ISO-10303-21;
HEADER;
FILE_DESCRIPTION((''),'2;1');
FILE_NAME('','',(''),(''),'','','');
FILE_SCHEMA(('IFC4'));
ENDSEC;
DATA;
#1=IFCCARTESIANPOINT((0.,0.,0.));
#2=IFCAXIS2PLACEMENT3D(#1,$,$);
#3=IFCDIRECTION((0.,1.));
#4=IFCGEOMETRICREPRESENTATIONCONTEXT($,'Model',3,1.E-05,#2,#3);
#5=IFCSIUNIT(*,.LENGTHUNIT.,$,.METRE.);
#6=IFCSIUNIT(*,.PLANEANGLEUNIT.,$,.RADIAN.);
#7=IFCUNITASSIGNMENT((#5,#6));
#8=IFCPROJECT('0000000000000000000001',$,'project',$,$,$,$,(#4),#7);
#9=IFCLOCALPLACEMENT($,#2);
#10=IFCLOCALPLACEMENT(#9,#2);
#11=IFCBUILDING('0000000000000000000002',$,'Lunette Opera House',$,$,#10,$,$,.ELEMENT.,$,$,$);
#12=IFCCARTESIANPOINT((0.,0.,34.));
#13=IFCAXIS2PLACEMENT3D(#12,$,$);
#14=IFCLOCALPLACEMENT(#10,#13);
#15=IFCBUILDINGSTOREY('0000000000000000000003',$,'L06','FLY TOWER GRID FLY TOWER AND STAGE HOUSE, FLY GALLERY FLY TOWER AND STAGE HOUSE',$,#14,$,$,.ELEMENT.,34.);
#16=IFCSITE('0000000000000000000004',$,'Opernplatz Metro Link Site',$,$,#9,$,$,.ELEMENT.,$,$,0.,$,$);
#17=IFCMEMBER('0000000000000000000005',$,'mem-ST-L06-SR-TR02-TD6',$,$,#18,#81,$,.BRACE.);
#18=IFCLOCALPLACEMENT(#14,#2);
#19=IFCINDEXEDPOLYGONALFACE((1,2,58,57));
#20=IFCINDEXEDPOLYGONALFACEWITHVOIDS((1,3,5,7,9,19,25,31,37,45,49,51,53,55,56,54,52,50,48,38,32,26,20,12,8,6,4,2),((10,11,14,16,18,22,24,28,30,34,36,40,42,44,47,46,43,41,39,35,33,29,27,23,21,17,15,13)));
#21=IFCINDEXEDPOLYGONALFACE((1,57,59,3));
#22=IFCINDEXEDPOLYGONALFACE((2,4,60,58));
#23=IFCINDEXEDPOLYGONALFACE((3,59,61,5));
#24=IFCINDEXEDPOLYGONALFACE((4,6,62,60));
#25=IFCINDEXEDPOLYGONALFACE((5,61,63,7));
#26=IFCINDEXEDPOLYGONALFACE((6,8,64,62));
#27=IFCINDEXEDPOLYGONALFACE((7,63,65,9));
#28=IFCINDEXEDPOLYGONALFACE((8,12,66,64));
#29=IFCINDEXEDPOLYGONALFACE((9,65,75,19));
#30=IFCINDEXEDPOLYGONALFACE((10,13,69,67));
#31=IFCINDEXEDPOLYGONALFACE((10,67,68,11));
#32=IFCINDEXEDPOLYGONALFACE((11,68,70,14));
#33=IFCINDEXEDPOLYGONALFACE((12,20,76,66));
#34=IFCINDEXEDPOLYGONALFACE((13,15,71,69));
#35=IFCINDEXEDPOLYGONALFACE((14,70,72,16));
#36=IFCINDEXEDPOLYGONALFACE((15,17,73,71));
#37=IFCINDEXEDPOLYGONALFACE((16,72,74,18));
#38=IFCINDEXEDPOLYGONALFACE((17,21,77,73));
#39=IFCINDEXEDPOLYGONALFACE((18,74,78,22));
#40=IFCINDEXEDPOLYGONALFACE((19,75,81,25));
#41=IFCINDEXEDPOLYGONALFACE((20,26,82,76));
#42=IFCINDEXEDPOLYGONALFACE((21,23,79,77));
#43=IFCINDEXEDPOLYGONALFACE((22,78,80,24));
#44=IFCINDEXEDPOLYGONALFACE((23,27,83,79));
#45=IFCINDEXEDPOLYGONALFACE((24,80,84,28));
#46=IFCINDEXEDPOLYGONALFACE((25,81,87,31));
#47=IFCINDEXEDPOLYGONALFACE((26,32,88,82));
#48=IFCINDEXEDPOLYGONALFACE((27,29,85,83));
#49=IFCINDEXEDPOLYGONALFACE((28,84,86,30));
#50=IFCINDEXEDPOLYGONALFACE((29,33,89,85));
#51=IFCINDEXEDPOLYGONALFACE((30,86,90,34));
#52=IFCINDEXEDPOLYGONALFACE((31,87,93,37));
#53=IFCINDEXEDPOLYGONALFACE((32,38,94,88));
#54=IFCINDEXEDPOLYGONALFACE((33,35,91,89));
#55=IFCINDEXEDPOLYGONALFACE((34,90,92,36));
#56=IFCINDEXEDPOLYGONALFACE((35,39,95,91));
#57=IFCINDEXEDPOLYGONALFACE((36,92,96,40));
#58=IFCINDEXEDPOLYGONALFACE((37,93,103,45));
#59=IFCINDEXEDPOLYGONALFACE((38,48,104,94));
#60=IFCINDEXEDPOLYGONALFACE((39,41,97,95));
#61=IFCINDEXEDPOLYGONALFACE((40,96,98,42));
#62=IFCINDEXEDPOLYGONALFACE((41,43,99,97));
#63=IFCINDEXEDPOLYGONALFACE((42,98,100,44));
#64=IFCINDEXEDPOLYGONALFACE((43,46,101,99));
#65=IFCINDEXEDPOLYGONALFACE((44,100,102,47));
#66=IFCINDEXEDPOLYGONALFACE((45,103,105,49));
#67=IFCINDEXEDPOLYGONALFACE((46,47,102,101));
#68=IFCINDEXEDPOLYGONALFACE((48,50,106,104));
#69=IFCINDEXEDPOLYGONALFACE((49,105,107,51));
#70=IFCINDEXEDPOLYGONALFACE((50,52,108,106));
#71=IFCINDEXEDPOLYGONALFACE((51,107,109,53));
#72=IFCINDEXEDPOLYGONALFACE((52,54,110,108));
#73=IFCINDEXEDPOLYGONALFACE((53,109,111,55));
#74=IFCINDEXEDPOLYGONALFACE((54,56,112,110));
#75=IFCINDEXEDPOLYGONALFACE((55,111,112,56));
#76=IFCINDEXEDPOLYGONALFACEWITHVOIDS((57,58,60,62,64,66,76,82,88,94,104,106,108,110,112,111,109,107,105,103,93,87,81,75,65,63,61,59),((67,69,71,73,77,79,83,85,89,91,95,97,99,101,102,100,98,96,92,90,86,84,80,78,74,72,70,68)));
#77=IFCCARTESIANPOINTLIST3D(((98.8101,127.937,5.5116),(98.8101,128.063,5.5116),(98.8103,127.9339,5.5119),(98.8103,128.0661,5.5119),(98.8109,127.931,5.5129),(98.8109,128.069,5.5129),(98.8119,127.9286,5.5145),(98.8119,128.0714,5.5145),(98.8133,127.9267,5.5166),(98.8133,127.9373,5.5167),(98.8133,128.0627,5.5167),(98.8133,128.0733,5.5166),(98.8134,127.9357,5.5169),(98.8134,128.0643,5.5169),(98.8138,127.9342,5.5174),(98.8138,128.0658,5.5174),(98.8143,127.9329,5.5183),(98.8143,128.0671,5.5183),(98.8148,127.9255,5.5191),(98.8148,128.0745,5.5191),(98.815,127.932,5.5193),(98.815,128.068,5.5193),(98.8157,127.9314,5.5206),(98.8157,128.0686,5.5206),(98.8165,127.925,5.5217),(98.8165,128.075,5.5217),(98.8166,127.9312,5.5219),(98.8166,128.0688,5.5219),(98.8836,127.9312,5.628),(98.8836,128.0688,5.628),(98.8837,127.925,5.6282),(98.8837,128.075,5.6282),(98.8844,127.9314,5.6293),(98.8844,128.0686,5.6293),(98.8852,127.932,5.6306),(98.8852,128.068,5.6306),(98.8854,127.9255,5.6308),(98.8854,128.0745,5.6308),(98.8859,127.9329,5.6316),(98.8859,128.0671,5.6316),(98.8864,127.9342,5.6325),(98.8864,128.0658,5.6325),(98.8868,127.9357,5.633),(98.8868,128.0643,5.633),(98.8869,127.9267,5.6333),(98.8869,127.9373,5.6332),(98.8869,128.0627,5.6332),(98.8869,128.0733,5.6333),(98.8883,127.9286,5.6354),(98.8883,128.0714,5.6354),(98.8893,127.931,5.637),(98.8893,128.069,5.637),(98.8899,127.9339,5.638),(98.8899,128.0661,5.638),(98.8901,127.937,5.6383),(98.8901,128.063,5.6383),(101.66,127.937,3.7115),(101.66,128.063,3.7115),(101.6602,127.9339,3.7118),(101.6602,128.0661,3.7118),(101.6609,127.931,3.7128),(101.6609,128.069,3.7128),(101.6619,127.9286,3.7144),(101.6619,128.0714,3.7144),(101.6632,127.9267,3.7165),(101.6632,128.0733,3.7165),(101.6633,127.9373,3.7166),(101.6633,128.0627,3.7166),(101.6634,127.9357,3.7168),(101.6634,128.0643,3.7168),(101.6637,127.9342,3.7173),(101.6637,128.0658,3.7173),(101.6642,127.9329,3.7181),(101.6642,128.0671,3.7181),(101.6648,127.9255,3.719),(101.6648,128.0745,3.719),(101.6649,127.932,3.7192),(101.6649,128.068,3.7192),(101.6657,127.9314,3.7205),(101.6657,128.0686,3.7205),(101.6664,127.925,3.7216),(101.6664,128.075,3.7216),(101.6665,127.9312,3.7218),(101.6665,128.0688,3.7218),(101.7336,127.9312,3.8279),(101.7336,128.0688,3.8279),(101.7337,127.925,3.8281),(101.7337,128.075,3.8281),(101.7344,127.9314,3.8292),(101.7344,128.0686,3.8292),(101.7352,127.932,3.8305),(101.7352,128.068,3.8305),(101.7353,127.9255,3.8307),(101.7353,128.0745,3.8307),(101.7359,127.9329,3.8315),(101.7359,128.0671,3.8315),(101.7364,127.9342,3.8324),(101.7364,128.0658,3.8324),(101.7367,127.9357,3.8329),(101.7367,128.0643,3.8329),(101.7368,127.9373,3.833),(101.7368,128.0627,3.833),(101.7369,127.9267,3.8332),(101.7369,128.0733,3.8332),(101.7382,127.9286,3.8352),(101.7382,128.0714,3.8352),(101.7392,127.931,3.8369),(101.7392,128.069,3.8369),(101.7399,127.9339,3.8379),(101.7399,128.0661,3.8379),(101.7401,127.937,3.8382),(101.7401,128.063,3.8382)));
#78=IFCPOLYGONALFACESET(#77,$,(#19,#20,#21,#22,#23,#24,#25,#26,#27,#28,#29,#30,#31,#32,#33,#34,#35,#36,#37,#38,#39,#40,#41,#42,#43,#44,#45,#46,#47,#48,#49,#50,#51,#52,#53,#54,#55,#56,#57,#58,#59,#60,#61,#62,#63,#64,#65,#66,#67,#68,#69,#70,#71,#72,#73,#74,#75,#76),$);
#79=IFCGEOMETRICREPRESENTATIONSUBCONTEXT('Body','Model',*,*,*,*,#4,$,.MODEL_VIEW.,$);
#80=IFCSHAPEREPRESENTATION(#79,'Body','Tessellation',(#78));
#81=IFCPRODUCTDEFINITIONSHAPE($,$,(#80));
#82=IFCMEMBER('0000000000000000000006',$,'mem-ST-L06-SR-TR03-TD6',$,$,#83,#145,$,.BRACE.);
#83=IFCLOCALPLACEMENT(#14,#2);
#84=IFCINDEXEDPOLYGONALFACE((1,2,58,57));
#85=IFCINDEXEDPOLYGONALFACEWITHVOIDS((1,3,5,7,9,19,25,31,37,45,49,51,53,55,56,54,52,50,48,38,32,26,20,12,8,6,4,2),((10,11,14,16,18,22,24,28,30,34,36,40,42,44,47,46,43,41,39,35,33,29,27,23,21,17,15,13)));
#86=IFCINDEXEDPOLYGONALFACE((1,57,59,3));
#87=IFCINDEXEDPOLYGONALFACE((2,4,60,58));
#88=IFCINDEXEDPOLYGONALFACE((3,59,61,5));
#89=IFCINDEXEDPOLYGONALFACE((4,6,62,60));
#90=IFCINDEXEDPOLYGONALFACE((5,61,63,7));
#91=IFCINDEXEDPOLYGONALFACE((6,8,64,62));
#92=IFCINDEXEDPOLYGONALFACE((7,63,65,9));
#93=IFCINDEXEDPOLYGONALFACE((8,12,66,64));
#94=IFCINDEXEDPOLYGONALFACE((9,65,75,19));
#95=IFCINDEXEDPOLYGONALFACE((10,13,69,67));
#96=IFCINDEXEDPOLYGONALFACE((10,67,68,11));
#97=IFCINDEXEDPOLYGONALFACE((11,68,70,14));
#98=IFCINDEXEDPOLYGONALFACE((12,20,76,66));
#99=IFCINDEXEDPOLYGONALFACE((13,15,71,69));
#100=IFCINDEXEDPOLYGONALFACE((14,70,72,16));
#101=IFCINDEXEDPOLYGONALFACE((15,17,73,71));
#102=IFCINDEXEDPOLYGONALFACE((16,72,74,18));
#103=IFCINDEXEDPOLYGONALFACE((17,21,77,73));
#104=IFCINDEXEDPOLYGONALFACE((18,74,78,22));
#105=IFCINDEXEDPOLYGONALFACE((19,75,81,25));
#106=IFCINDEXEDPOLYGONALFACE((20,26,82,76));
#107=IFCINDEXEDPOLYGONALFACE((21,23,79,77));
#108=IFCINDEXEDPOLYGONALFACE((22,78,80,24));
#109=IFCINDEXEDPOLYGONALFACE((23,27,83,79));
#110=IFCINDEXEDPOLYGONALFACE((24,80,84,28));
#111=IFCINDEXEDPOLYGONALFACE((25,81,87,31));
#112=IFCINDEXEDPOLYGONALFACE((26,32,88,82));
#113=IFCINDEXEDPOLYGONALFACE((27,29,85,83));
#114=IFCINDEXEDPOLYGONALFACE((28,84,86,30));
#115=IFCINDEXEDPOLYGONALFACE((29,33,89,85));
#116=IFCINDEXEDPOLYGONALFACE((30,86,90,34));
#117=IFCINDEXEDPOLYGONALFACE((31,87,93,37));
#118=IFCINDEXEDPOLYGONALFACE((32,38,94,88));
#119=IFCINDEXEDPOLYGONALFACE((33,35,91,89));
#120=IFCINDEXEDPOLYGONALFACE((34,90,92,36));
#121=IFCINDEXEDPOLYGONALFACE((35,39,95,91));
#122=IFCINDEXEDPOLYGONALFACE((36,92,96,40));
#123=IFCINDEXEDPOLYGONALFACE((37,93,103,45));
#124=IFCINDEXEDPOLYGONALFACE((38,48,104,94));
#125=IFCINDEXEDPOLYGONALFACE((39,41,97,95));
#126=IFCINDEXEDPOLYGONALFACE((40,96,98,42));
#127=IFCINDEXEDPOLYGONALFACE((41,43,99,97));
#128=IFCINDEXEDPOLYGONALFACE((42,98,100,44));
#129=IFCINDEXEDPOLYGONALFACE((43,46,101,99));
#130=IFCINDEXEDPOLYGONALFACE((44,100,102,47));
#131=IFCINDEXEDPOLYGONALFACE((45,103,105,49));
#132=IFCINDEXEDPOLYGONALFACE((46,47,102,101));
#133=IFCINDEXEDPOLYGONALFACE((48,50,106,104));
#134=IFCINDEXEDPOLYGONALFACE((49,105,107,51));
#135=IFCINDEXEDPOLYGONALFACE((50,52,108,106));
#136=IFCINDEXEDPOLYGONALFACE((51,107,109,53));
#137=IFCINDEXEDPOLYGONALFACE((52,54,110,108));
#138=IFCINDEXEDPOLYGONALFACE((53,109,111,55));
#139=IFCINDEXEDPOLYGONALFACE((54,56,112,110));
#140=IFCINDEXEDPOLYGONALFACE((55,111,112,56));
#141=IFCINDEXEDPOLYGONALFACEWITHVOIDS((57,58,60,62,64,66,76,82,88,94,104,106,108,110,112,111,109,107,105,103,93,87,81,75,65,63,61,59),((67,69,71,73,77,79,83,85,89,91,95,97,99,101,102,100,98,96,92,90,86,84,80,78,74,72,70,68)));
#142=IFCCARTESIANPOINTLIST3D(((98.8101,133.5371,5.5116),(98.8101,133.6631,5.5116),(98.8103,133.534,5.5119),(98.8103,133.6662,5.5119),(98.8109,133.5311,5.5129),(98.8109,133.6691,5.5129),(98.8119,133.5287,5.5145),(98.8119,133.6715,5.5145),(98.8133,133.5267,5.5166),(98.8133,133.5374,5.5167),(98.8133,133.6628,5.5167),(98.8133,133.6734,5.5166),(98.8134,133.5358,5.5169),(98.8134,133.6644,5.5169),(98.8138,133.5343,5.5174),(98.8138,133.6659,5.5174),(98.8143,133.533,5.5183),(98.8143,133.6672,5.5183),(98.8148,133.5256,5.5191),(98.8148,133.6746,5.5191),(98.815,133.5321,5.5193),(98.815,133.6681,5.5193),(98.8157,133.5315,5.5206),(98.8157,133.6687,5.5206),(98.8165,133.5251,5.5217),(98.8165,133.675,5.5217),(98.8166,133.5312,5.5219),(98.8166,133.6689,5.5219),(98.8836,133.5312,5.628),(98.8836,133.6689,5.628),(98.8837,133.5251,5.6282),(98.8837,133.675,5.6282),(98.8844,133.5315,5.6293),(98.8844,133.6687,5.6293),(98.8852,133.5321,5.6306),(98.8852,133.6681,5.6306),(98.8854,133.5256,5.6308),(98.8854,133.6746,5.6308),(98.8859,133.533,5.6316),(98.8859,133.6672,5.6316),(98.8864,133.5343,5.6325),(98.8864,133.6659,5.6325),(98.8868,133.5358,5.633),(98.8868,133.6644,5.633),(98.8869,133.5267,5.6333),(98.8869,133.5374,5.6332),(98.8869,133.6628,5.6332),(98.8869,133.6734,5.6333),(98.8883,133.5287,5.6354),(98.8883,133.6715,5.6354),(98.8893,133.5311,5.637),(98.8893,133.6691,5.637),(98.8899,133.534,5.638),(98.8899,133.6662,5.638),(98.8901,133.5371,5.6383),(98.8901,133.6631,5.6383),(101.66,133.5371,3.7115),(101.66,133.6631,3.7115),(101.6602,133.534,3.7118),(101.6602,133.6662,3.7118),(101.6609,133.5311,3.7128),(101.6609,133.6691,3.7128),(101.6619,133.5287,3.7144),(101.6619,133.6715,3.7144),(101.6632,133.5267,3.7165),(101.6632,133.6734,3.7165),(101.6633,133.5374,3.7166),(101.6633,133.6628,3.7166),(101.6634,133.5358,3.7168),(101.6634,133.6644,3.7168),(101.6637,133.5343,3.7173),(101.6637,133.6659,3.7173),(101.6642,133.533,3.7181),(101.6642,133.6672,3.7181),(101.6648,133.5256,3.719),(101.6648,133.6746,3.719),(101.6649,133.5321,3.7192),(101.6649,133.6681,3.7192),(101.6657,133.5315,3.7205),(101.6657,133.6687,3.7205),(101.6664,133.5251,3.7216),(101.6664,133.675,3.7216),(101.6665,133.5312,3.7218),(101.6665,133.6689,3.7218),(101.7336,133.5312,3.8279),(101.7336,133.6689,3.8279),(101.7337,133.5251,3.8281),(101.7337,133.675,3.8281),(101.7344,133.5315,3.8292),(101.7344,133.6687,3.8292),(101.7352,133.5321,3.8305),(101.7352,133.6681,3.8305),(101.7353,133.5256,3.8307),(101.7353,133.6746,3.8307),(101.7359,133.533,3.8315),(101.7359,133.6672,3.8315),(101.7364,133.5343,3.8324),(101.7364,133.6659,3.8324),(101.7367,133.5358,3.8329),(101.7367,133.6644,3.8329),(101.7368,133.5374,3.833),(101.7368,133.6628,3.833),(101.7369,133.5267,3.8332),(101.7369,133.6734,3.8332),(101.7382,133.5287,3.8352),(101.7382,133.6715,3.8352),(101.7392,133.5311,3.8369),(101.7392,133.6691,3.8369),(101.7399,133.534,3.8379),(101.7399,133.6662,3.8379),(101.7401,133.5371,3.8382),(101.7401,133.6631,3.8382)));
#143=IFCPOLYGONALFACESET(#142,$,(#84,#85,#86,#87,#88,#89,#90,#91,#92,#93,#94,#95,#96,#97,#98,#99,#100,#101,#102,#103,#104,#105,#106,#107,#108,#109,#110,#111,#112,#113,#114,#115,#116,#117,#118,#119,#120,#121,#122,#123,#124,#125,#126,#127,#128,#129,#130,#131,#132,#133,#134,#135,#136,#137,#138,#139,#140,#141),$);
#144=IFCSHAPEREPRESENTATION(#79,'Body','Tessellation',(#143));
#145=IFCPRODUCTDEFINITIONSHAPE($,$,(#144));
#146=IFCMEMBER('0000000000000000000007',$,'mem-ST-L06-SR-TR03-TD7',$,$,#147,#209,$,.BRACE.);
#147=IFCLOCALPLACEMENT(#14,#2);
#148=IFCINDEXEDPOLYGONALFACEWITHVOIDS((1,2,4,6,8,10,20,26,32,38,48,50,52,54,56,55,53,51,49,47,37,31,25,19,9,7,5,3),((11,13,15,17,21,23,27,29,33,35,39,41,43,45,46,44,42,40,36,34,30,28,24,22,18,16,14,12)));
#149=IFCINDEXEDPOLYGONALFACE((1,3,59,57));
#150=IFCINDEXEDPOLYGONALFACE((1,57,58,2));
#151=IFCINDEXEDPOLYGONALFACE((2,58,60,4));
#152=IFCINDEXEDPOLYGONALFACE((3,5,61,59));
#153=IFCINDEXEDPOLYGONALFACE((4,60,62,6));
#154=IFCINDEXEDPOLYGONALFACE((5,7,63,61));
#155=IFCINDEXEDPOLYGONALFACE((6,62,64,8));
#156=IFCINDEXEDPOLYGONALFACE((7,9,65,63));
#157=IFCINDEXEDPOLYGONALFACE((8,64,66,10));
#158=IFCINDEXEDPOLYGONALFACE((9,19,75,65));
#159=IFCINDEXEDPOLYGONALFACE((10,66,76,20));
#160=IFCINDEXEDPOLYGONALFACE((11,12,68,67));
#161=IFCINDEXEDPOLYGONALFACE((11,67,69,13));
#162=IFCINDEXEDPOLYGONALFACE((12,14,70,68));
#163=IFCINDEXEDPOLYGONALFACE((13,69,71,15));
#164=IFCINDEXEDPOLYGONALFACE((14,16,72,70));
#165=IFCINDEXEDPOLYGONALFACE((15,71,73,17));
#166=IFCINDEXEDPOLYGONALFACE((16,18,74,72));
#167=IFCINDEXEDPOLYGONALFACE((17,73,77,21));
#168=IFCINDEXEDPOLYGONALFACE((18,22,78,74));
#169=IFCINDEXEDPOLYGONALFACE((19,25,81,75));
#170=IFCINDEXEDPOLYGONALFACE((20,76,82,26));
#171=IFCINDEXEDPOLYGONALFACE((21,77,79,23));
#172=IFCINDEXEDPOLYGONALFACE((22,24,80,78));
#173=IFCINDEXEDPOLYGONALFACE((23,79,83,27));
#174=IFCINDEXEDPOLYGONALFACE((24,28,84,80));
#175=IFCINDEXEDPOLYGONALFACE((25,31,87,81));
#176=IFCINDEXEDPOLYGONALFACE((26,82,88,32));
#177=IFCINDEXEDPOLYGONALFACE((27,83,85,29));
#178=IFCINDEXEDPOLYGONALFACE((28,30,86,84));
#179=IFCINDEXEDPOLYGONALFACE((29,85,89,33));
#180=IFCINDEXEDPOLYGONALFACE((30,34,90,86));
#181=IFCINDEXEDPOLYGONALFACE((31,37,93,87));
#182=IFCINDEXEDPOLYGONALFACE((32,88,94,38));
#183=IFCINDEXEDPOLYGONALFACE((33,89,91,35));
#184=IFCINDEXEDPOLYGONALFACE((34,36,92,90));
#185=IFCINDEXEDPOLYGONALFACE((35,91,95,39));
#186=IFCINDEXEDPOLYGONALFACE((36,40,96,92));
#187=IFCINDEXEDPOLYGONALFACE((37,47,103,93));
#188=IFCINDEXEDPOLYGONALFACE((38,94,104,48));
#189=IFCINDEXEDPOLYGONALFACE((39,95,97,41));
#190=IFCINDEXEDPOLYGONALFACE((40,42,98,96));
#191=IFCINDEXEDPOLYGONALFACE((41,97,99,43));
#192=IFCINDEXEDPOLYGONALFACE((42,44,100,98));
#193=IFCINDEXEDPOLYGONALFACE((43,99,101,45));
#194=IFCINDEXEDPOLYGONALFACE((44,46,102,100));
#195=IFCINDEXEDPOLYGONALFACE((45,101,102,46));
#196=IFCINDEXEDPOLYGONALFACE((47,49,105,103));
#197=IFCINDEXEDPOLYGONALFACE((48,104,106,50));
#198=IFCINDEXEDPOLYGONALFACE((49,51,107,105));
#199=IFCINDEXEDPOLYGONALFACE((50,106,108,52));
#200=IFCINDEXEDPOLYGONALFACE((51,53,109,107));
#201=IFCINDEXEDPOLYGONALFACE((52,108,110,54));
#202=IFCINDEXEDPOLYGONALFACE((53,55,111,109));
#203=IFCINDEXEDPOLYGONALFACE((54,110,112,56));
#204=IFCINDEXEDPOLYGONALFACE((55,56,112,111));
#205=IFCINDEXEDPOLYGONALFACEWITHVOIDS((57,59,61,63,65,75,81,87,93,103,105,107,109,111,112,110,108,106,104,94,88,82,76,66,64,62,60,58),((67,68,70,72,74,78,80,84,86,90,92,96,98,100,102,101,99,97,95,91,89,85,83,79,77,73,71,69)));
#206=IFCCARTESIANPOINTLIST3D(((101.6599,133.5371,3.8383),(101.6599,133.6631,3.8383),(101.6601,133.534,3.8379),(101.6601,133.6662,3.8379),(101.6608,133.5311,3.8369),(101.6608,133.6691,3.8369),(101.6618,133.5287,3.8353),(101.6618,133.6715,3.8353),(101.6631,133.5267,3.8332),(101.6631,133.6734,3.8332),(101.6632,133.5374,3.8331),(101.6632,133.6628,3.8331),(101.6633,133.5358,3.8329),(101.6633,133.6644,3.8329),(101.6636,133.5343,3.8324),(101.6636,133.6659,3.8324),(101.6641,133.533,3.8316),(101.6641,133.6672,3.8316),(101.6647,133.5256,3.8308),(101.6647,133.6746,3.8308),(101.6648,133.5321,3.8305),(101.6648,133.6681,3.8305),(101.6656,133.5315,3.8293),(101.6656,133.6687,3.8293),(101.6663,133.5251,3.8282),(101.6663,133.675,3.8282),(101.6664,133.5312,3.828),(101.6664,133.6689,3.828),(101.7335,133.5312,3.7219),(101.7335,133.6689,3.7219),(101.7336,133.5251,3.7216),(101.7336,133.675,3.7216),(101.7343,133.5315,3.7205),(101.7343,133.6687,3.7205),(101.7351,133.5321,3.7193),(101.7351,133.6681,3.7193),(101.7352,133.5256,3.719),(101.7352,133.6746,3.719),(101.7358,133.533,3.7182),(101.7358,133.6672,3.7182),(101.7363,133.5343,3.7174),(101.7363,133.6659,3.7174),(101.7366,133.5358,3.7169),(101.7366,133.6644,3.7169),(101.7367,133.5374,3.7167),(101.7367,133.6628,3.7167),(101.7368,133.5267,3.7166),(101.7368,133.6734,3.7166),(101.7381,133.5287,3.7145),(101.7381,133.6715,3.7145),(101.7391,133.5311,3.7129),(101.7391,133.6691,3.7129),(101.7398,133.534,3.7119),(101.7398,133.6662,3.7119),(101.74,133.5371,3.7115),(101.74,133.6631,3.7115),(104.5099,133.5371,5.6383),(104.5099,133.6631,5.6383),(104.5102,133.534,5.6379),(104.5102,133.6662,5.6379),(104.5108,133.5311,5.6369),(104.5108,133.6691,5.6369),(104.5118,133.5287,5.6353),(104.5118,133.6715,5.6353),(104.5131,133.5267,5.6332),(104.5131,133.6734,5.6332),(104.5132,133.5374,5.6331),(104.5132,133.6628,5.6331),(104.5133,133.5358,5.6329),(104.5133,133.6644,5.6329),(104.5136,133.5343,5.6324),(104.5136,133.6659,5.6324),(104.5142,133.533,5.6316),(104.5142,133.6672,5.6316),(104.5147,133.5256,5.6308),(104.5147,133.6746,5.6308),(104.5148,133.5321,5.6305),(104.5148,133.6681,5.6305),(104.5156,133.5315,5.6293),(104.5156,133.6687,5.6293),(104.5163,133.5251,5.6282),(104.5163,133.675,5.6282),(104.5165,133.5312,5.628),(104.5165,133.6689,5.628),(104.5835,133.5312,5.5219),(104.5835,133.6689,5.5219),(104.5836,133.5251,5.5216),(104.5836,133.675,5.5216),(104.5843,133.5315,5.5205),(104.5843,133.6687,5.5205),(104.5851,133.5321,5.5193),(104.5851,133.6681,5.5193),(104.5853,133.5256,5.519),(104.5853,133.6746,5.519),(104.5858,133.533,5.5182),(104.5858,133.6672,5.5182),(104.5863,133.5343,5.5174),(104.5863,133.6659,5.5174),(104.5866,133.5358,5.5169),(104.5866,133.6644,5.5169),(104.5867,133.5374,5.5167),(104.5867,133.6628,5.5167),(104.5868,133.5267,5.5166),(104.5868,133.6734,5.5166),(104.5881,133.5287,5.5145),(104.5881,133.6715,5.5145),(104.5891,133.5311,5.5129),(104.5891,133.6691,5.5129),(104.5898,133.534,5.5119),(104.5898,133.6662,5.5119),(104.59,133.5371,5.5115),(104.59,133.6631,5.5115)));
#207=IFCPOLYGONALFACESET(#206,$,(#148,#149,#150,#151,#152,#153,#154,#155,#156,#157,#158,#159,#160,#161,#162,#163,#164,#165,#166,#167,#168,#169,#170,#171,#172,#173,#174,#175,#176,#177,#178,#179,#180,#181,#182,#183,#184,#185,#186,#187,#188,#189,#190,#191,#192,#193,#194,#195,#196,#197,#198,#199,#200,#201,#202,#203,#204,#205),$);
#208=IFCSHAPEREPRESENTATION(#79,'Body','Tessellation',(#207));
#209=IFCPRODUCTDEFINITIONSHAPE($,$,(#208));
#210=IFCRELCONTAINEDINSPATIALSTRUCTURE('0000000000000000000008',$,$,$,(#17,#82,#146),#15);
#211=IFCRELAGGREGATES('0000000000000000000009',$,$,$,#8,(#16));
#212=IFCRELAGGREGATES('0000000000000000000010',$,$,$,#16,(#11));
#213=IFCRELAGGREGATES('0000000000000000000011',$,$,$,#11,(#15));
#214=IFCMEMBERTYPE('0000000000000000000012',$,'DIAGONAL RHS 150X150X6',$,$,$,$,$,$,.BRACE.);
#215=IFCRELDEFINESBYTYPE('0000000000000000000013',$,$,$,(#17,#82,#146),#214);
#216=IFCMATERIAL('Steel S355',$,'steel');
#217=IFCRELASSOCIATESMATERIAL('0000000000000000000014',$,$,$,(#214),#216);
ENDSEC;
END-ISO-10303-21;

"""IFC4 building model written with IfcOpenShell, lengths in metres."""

from ifc_helpers import new_model, si_unit, direction, frame, origin, origin_2d, place, context, subcontext, project, spatial, hollow_rectangle, extrude, material, material_profile, profile_set, type_object, element, save


model = new_model("IFC4")

# Units and contexts
model_context = context("Model", 3, precision=1e-05, world=origin(), true_north=direction((0.0, 1.0)))
body_context = subcontext(model_context, "Body", "Model", "MODEL_VIEW")
ifc_project = project(units=[si_unit("LENGTHUNIT", "METRE"), si_unit("PLANEANGLEUNIT", "RADIAN")], contexts=[model_context])

# Site, building, storey
site_placement = place(None, origin())
site = spatial("IfcSite", under=ifc_project, at=site_placement, Name="Opernplatz Metro Link Site", CompositionType="ELEMENT", RefElevation=0.0)
building_placement = place(site_placement, origin())
building = spatial("IfcBuilding", under=site, at=building_placement, Name="Lunette Opera House", CompositionType="ELEMENT")
storey_placement = place(building_placement, frame((0.0, 0.0, 34.0)))
storey = spatial("IfcBuildingStorey", under=building, at=storey_placement, Name="L06", Description="FLY TOWER GRID FLY TOWER AND STAGE HOUSE, FLY GALLERY FLY TOWER AND STAGE HOUSE", CompositionType="ELEMENT", Elevation=34.0)

# Members
ifc_material_1 = material(Name="Steel S355", Category="steel")
ifc_material_profile_1 = material_profile(ifc_material_1, hollow_rectangle(XDim=0.1499, YDim=0.1499, WallThickness=0.0061, InnerFilletRadius=0.0061, OuterFilletRadius=0.012, at=origin_2d()), Name="RHS 150X150X6")
ifc_profile_set_1 = profile_set([ifc_material_profile_1], Name="Steel S355")
member_type_1 = type_object("IfcMemberType", Name="DIAGONAL RHS 150X150X6", PredefinedType="BRACE", material=ifc_profile_set_1)
for number, where, z_axis, x_axis, name in (
    (1, (98.8501, 128.0, 5.575), (0.84547, 0.0, -0.534023), (0.0, 1.0, 0.0), "mem-ST-L06-SR-TR02-TD6"),
    (2, (98.8501, 133.6001, 5.575), (0.84547, 0.0, -0.534023), (0.0, 1.0, 0.0), "mem-ST-L06-SR-TR03-TD6"),
    (3, (101.7, 133.6001, 3.7749), (0.845491, 0.0, 0.53399), (0.0, 1.0, 0.0), "mem-ST-L06-SR-TR03-TD7"),
):
    element("IfcMember", number, at=place(storey_placement, frame(where, z_axis=z_axis, x_axis=x_axis)), inside=storey, type_object=member_type_1, Name=name, PredefinedType="BRACE", context=body_context, shape_type="SweptSolid", body=[
        extrude(hollow_rectangle(XDim=0.1499, YDim=0.1499, WallThickness=0.0061, InnerFilletRadius=0.0061, OuterFilletRadius=0.012, at=origin_2d()), origin(), (0.0, 0.0, 1.0), 3.3708),
    ])

save(model, "model.ifc")
